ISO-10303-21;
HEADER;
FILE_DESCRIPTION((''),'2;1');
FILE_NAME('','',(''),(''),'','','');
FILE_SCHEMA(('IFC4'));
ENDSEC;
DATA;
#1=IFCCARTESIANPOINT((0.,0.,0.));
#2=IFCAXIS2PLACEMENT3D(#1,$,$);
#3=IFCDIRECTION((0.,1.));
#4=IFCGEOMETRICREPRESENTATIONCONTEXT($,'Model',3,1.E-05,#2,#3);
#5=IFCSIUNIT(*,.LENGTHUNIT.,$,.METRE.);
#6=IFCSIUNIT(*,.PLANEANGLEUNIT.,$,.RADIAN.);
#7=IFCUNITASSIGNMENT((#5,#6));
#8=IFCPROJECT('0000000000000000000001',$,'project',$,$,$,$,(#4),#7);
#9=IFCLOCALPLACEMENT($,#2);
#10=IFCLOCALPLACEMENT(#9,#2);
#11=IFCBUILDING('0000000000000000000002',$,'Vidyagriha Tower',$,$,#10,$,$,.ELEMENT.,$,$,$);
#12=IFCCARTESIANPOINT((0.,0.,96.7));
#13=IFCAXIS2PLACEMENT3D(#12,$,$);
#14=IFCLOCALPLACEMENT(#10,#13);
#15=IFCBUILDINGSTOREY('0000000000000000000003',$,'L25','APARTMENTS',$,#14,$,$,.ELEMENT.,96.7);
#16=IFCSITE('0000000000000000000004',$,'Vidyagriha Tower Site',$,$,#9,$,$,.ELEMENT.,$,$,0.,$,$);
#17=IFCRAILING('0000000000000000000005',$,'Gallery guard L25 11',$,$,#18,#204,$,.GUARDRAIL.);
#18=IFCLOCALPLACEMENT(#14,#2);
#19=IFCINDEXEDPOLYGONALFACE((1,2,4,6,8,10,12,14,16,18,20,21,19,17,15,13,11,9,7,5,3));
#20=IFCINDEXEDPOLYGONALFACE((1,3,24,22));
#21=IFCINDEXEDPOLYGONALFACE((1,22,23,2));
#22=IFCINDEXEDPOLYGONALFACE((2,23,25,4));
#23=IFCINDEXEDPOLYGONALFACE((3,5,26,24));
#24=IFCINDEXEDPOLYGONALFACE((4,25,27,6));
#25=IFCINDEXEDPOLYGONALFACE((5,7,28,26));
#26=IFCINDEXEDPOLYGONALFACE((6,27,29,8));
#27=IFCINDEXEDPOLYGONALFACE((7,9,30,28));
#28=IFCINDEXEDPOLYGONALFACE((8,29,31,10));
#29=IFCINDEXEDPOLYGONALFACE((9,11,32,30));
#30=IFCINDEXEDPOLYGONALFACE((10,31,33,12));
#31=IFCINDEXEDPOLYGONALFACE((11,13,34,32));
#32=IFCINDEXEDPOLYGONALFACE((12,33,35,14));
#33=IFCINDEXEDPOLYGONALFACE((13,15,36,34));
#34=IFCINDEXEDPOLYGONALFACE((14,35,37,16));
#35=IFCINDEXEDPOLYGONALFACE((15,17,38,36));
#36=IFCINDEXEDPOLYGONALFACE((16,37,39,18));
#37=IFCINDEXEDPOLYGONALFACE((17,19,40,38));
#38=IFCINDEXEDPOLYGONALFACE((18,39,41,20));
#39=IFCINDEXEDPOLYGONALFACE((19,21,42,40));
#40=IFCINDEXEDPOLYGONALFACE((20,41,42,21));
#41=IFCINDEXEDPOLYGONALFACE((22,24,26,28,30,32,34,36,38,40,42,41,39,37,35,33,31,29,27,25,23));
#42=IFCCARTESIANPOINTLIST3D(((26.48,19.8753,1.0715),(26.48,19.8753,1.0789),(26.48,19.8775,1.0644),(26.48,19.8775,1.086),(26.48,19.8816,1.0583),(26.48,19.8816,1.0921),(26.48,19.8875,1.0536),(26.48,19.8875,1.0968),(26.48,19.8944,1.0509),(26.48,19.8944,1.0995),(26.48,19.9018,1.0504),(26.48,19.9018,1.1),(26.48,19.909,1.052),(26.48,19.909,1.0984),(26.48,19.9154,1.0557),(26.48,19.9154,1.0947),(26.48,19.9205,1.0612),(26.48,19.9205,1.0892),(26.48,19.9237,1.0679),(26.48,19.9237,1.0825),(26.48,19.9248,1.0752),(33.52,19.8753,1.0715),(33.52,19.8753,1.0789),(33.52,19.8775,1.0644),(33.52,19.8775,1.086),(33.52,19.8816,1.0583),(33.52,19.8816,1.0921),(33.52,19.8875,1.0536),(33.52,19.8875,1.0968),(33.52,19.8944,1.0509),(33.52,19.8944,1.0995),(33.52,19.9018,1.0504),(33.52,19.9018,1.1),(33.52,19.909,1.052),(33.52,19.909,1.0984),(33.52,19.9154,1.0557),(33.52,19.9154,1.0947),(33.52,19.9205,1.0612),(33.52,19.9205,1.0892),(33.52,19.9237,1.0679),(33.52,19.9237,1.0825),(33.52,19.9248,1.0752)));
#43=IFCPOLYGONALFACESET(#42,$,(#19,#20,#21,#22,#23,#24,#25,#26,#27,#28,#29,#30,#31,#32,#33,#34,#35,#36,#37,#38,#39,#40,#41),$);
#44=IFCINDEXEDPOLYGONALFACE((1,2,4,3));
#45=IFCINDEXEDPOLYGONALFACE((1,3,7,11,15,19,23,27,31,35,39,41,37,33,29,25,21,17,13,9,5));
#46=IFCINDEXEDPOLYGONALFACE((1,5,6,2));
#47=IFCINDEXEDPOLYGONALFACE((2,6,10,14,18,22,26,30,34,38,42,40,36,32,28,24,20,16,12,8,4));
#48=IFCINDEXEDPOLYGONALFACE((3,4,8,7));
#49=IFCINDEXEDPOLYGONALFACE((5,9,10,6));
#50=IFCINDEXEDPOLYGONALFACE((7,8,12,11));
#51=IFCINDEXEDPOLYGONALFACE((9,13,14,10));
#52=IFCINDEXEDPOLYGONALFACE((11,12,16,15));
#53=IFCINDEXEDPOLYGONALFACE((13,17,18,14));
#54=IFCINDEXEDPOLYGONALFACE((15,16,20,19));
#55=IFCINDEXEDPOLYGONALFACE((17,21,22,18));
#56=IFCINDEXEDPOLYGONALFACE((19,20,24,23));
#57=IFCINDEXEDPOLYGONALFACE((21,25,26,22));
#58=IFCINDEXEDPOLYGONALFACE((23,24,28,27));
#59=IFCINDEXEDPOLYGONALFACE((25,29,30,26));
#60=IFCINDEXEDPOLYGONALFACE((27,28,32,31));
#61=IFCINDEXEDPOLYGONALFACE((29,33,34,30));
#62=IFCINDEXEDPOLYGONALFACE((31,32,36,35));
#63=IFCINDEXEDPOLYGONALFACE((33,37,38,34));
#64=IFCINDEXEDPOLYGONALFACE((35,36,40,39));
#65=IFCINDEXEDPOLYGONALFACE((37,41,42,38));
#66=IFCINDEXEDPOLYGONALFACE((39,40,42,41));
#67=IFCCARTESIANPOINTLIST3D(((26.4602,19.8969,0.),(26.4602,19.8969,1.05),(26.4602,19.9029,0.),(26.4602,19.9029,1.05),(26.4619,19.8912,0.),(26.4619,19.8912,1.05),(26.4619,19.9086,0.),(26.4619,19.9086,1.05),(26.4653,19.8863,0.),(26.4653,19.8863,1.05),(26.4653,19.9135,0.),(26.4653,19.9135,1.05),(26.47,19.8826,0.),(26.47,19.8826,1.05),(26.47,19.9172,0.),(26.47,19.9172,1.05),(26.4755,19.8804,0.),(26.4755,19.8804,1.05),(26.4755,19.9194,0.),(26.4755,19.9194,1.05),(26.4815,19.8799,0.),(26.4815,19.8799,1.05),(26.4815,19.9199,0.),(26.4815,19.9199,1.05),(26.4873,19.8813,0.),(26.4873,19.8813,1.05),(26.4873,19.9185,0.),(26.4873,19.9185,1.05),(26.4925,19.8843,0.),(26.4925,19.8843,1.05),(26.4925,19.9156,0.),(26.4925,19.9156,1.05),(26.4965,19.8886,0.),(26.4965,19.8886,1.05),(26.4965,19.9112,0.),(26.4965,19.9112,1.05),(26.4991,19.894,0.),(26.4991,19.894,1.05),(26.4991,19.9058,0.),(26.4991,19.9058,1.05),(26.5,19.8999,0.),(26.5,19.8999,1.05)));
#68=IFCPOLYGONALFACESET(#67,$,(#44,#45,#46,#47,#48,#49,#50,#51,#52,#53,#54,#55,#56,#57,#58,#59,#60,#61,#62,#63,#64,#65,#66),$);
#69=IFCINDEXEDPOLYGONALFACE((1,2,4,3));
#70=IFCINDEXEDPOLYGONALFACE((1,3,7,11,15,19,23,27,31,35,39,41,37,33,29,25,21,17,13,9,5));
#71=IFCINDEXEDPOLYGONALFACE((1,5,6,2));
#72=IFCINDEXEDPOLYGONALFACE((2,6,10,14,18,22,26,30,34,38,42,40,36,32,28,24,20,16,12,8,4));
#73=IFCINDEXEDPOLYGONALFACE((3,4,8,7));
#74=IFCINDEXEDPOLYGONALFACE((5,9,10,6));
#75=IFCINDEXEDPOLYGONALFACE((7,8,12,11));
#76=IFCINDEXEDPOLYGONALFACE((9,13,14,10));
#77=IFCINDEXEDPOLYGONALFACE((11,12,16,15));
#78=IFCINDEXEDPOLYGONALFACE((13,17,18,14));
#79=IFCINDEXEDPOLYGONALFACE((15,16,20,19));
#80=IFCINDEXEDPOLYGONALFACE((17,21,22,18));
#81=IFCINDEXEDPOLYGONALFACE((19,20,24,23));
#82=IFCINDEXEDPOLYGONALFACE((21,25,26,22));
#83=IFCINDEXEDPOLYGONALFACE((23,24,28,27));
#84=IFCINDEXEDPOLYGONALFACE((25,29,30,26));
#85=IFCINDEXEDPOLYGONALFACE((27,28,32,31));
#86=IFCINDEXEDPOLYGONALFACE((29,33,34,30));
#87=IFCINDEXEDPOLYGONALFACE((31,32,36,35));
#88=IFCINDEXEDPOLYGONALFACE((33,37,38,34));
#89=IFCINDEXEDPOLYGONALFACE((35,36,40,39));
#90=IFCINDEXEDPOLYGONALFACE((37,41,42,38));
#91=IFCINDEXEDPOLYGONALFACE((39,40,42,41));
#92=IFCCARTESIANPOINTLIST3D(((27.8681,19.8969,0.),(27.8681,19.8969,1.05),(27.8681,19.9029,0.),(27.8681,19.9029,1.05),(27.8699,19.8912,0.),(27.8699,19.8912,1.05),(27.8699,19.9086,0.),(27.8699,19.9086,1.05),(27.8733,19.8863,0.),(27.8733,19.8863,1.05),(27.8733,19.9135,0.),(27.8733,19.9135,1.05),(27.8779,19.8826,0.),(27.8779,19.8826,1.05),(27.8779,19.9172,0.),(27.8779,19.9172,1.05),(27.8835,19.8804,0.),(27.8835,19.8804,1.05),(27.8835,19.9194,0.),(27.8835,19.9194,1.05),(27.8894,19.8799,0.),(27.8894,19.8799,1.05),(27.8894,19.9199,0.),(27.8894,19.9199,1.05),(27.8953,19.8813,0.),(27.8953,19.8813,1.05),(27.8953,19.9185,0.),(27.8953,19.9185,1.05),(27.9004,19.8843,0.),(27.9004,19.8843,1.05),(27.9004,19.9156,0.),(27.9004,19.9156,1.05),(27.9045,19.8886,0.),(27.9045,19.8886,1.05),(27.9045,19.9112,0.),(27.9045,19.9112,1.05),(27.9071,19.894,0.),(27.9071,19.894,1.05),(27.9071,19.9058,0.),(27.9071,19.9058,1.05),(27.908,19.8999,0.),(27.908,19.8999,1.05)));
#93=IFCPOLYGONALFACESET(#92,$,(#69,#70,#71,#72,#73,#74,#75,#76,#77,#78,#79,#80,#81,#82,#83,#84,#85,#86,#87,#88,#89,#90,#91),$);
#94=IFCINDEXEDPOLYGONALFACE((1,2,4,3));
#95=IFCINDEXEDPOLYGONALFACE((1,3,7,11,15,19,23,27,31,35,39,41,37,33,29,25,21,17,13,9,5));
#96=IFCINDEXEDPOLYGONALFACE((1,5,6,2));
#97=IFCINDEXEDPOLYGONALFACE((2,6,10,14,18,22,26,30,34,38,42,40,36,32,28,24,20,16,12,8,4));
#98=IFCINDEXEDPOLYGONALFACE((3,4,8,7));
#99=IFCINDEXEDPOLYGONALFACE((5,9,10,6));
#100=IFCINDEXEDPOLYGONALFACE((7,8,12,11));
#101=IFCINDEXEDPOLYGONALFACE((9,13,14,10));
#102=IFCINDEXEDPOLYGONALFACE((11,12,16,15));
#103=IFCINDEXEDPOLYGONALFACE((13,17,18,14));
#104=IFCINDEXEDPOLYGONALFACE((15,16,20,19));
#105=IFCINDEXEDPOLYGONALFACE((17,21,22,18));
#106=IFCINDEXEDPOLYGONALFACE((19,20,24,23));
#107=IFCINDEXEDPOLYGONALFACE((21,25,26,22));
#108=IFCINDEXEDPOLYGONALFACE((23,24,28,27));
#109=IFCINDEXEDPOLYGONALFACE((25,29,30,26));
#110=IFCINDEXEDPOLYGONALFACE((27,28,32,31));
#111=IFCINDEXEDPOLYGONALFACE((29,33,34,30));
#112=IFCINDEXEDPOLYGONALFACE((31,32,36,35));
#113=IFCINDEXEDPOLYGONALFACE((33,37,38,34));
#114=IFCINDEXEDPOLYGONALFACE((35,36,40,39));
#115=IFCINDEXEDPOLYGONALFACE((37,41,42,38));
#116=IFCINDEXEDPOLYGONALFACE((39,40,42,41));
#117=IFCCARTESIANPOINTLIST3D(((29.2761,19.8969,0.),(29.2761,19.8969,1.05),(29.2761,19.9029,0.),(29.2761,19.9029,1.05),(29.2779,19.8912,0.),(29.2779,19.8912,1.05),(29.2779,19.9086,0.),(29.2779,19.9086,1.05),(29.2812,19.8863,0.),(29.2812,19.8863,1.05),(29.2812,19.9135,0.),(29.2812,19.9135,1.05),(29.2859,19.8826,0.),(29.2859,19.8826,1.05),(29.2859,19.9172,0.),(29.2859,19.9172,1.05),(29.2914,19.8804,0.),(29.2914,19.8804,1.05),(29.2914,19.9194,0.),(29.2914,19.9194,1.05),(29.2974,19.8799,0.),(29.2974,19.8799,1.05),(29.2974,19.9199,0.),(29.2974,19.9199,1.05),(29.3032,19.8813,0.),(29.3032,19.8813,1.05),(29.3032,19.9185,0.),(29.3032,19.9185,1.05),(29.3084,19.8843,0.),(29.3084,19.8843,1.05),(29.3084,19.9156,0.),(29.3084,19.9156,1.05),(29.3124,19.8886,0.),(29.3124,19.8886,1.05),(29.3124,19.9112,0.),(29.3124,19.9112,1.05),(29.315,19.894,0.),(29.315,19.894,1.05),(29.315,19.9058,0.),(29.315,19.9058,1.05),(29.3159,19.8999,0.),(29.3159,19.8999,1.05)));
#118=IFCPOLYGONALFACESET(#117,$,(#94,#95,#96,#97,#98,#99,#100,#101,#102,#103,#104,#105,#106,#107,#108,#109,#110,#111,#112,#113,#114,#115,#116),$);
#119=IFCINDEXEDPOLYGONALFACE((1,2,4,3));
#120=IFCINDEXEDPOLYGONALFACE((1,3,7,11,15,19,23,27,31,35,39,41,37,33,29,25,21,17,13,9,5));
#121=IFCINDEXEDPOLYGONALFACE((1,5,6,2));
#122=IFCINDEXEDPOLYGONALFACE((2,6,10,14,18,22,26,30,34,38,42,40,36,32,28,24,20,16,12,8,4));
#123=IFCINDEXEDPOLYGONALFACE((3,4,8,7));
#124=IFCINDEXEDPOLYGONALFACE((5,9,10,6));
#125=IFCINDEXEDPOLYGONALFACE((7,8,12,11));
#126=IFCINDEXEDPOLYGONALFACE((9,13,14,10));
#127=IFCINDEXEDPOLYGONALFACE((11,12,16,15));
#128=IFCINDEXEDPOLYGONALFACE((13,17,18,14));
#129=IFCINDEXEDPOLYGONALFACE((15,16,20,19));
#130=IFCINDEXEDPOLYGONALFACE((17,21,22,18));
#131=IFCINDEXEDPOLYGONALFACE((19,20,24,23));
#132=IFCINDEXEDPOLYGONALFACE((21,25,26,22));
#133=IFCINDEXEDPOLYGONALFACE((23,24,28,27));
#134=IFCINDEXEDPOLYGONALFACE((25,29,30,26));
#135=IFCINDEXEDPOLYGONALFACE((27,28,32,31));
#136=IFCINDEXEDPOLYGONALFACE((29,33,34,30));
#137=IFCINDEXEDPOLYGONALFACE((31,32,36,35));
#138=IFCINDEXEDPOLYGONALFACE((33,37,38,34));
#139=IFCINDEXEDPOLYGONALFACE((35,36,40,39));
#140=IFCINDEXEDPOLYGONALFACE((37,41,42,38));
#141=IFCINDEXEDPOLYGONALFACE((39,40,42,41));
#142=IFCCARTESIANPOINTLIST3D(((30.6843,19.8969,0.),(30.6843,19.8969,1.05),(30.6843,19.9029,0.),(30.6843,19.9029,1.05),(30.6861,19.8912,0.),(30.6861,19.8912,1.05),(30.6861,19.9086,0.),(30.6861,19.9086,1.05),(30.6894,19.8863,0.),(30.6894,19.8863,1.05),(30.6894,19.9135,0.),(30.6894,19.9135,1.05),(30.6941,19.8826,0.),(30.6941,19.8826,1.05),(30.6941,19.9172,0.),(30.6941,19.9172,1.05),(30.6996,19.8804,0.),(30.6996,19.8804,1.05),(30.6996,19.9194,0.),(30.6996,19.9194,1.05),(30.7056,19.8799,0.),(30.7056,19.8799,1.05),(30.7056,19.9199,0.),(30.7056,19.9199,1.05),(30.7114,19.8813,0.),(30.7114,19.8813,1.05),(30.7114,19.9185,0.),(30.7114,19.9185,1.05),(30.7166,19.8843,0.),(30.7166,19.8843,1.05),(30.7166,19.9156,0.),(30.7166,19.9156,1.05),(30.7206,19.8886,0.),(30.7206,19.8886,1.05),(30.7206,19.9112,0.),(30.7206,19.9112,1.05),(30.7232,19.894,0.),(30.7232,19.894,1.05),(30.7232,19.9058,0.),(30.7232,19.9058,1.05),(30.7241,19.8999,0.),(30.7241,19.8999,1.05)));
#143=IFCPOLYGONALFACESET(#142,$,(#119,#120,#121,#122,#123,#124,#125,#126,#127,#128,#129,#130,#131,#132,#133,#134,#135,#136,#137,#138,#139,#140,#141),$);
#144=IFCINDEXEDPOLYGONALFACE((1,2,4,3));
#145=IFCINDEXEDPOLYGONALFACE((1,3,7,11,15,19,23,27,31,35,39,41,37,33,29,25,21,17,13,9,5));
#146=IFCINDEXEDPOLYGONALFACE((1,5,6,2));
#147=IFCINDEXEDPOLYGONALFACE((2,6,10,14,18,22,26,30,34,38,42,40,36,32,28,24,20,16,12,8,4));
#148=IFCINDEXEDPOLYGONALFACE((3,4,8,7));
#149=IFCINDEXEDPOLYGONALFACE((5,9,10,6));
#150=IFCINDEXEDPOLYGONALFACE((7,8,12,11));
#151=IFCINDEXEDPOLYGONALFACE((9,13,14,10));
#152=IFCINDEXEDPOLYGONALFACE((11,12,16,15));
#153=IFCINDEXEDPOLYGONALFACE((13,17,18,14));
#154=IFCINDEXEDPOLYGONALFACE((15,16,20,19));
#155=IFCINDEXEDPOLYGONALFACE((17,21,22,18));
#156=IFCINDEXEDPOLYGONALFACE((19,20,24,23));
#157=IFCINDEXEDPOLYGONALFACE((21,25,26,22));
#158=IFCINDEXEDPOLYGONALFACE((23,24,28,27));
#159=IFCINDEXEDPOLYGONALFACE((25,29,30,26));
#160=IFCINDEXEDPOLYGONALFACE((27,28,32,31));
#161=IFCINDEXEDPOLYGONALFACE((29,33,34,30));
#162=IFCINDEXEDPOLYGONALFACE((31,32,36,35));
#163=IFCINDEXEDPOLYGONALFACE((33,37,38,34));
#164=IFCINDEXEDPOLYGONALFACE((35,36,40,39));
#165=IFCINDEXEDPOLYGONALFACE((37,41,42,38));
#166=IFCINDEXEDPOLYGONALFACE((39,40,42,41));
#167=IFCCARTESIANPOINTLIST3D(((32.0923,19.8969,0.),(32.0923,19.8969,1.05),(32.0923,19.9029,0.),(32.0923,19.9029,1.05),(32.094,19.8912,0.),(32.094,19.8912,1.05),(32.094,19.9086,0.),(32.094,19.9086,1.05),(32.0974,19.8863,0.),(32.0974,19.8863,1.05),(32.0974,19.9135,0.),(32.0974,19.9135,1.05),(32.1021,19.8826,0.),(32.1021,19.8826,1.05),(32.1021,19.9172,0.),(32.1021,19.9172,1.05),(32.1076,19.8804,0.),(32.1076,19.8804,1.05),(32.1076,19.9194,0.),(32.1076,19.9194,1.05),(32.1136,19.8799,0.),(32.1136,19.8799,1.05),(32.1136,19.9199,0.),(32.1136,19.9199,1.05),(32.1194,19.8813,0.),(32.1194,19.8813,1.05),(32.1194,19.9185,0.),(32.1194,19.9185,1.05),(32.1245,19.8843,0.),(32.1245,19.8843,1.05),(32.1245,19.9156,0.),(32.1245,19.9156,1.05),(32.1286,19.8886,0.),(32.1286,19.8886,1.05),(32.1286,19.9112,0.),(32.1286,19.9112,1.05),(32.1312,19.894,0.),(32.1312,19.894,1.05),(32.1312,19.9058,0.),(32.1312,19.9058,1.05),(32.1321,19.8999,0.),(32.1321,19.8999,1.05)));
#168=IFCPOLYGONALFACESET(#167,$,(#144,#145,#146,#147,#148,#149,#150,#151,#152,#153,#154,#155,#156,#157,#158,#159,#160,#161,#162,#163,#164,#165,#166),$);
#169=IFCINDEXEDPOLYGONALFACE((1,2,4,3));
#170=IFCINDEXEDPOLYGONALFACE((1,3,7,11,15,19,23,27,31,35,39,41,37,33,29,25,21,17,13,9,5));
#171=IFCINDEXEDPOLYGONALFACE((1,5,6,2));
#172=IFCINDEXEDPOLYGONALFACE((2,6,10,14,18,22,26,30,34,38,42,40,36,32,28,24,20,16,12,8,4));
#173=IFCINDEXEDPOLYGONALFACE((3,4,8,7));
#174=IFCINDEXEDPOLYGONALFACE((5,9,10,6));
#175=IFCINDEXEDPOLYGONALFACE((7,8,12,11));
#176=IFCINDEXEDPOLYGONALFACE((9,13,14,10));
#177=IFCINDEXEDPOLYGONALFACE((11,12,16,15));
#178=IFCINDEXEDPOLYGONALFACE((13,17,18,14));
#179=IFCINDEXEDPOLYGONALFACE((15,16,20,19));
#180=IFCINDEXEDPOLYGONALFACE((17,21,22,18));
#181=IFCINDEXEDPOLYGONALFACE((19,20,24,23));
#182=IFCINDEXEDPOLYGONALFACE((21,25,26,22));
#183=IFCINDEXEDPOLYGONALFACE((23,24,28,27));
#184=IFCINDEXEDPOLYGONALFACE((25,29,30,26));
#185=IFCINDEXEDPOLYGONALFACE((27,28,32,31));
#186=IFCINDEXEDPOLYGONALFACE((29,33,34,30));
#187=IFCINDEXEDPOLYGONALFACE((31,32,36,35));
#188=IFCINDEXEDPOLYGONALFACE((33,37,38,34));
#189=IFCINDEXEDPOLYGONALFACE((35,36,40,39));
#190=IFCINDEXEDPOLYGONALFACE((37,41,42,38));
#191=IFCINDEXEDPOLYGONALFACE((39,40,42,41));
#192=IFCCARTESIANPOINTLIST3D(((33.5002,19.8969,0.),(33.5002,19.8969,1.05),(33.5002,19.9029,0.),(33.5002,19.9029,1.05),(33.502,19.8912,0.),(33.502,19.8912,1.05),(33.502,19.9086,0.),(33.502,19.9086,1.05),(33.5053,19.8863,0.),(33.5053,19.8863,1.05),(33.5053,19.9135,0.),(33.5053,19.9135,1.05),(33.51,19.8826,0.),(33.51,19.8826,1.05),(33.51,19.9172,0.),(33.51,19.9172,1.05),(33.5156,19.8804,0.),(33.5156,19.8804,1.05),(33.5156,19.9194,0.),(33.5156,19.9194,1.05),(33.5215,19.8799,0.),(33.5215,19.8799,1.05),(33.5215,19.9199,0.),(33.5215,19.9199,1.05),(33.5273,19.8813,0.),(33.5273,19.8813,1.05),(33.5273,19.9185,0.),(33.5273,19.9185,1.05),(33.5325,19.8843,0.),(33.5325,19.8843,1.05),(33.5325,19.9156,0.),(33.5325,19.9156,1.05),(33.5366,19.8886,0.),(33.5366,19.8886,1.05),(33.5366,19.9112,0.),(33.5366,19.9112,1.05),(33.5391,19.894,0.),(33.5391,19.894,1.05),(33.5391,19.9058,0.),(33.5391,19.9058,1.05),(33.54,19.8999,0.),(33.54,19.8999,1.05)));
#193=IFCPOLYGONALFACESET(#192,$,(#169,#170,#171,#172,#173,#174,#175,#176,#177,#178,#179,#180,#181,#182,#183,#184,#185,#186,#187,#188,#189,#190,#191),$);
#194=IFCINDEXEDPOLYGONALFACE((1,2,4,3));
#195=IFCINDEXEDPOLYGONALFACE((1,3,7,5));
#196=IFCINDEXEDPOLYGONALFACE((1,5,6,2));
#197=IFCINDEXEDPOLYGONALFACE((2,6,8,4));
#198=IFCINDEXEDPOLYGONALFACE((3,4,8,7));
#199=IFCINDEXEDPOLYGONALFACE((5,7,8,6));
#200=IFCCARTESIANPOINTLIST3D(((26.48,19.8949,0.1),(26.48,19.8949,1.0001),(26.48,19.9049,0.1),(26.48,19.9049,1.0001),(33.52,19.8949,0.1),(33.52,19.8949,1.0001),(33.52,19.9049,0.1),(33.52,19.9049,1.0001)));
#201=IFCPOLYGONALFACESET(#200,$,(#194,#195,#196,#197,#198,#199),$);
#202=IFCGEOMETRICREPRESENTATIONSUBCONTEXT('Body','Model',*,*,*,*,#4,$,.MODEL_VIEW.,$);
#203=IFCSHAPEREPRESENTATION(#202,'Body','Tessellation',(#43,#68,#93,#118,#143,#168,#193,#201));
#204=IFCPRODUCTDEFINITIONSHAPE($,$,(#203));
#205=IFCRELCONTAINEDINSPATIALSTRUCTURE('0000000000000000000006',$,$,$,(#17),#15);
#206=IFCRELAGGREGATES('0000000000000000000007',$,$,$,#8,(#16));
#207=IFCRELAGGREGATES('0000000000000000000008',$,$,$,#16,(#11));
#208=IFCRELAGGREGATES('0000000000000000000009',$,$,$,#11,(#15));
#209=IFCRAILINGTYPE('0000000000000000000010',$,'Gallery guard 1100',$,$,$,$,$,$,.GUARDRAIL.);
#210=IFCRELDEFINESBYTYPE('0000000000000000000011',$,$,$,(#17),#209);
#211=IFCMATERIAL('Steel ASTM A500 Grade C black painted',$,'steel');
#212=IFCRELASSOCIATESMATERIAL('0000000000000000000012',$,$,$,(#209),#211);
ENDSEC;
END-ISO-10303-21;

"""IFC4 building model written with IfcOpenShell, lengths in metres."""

from ifc_helpers import new_model, si_unit, direction, frame, origin, origin_2d, place, context, subcontext, project, spatial, rectangle, circle, extrude, material, type_object, element, save


model = new_model("IFC4")

# Units and contexts
model_context = context("Model", 3, precision=1e-05, world=origin(), true_north=direction((0.0, 1.0)))
body_context = subcontext(model_context, "Body", "Model", "MODEL_VIEW")
ifc_project = project(units=[si_unit("LENGTHUNIT", "METRE"), si_unit("PLANEANGLEUNIT", "RADIAN")], contexts=[model_context])

# Site, building, storey
site_placement = place(None, origin())
site = spatial("IfcSite", under=ifc_project, at=site_placement, Name="Vidyagriha Tower Site", CompositionType="ELEMENT", RefElevation=0.0)
building_placement = place(site_placement, origin())
building = spatial("IfcBuilding", under=site, at=building_placement, Name="Vidyagriha Tower", CompositionType="ELEMENT")
storey_placement = place(building_placement, frame((0.0, 0.0, 96.7)))
storey = spatial("IfcBuildingStorey", under=building, at=storey_placement, Name="L25", Description="APARTMENTS", CompositionType="ELEMENT", Elevation=96.7)

# Railing
ifc_material_1 = material(Name="Steel ASTM A500 Grade C black painted", Category="steel")
railing_type = type_object("IfcRailingType", Name="Gallery guard 1100", PredefinedType="GUARDRAIL", material=ifc_material_1)
for number, where, name in (
    (1, (26.48, 19.8999, 0.0), "Gallery guard L25 11"),
):
    element("IfcRailing", number, at=place(storey_placement, frame(where)), inside=storey, type_object=railing_type, Name=name, PredefinedType="GUARDRAIL", context=body_context, shape_type="SweptSolid", body=[
        extrude(circle(Radius=0.0249, at=origin_2d()), frame((0.0, 0.0, 1.0752), z_axis=(1.0, 0.0, 0.0), x_axis=(0.0, 1.0, 0.0)), (0.0, 0.0, 1.0), 7.04),
        extrude(circle(Radius=0.02, at=origin_2d()), origin(), (0.0, 0.0, 1.0), 1.05),
        extrude(circle(Radius=0.02, at=origin_2d()), frame((1.408, 0.0, 0.0)), (0.0, 0.0, 1.0), 1.05),
        extrude(circle(Radius=0.02, at=origin_2d()), frame((2.8159, 0.0, 0.0)), (0.0, 0.0, 1.0), 1.05),
        extrude(circle(Radius=0.02, at=origin_2d()), frame((4.2241, 0.0, 0.0)), (0.0, 0.0, 1.0), 1.05),
        extrude(circle(Radius=0.02, at=origin_2d()), frame((5.6321, 0.0, 0.0)), (0.0, 0.0, 1.0), 1.05),
        extrude(circle(Radius=0.02, at=origin_2d()), frame((7.04, 0.0, 0.0)), (0.0, 0.0, 1.0), 1.05),
        extrude(rectangle(XDim=0.01, YDim=0.9001, at=origin_2d()), frame((0.0, 0.0, 0.55), z_axis=(1.0, 0.0, 0.0), x_axis=(0.0, 1.0, 0.0)), (0.0, 0.0, 1.0), 7.04),
    ])

save(model, "model.ifc")
